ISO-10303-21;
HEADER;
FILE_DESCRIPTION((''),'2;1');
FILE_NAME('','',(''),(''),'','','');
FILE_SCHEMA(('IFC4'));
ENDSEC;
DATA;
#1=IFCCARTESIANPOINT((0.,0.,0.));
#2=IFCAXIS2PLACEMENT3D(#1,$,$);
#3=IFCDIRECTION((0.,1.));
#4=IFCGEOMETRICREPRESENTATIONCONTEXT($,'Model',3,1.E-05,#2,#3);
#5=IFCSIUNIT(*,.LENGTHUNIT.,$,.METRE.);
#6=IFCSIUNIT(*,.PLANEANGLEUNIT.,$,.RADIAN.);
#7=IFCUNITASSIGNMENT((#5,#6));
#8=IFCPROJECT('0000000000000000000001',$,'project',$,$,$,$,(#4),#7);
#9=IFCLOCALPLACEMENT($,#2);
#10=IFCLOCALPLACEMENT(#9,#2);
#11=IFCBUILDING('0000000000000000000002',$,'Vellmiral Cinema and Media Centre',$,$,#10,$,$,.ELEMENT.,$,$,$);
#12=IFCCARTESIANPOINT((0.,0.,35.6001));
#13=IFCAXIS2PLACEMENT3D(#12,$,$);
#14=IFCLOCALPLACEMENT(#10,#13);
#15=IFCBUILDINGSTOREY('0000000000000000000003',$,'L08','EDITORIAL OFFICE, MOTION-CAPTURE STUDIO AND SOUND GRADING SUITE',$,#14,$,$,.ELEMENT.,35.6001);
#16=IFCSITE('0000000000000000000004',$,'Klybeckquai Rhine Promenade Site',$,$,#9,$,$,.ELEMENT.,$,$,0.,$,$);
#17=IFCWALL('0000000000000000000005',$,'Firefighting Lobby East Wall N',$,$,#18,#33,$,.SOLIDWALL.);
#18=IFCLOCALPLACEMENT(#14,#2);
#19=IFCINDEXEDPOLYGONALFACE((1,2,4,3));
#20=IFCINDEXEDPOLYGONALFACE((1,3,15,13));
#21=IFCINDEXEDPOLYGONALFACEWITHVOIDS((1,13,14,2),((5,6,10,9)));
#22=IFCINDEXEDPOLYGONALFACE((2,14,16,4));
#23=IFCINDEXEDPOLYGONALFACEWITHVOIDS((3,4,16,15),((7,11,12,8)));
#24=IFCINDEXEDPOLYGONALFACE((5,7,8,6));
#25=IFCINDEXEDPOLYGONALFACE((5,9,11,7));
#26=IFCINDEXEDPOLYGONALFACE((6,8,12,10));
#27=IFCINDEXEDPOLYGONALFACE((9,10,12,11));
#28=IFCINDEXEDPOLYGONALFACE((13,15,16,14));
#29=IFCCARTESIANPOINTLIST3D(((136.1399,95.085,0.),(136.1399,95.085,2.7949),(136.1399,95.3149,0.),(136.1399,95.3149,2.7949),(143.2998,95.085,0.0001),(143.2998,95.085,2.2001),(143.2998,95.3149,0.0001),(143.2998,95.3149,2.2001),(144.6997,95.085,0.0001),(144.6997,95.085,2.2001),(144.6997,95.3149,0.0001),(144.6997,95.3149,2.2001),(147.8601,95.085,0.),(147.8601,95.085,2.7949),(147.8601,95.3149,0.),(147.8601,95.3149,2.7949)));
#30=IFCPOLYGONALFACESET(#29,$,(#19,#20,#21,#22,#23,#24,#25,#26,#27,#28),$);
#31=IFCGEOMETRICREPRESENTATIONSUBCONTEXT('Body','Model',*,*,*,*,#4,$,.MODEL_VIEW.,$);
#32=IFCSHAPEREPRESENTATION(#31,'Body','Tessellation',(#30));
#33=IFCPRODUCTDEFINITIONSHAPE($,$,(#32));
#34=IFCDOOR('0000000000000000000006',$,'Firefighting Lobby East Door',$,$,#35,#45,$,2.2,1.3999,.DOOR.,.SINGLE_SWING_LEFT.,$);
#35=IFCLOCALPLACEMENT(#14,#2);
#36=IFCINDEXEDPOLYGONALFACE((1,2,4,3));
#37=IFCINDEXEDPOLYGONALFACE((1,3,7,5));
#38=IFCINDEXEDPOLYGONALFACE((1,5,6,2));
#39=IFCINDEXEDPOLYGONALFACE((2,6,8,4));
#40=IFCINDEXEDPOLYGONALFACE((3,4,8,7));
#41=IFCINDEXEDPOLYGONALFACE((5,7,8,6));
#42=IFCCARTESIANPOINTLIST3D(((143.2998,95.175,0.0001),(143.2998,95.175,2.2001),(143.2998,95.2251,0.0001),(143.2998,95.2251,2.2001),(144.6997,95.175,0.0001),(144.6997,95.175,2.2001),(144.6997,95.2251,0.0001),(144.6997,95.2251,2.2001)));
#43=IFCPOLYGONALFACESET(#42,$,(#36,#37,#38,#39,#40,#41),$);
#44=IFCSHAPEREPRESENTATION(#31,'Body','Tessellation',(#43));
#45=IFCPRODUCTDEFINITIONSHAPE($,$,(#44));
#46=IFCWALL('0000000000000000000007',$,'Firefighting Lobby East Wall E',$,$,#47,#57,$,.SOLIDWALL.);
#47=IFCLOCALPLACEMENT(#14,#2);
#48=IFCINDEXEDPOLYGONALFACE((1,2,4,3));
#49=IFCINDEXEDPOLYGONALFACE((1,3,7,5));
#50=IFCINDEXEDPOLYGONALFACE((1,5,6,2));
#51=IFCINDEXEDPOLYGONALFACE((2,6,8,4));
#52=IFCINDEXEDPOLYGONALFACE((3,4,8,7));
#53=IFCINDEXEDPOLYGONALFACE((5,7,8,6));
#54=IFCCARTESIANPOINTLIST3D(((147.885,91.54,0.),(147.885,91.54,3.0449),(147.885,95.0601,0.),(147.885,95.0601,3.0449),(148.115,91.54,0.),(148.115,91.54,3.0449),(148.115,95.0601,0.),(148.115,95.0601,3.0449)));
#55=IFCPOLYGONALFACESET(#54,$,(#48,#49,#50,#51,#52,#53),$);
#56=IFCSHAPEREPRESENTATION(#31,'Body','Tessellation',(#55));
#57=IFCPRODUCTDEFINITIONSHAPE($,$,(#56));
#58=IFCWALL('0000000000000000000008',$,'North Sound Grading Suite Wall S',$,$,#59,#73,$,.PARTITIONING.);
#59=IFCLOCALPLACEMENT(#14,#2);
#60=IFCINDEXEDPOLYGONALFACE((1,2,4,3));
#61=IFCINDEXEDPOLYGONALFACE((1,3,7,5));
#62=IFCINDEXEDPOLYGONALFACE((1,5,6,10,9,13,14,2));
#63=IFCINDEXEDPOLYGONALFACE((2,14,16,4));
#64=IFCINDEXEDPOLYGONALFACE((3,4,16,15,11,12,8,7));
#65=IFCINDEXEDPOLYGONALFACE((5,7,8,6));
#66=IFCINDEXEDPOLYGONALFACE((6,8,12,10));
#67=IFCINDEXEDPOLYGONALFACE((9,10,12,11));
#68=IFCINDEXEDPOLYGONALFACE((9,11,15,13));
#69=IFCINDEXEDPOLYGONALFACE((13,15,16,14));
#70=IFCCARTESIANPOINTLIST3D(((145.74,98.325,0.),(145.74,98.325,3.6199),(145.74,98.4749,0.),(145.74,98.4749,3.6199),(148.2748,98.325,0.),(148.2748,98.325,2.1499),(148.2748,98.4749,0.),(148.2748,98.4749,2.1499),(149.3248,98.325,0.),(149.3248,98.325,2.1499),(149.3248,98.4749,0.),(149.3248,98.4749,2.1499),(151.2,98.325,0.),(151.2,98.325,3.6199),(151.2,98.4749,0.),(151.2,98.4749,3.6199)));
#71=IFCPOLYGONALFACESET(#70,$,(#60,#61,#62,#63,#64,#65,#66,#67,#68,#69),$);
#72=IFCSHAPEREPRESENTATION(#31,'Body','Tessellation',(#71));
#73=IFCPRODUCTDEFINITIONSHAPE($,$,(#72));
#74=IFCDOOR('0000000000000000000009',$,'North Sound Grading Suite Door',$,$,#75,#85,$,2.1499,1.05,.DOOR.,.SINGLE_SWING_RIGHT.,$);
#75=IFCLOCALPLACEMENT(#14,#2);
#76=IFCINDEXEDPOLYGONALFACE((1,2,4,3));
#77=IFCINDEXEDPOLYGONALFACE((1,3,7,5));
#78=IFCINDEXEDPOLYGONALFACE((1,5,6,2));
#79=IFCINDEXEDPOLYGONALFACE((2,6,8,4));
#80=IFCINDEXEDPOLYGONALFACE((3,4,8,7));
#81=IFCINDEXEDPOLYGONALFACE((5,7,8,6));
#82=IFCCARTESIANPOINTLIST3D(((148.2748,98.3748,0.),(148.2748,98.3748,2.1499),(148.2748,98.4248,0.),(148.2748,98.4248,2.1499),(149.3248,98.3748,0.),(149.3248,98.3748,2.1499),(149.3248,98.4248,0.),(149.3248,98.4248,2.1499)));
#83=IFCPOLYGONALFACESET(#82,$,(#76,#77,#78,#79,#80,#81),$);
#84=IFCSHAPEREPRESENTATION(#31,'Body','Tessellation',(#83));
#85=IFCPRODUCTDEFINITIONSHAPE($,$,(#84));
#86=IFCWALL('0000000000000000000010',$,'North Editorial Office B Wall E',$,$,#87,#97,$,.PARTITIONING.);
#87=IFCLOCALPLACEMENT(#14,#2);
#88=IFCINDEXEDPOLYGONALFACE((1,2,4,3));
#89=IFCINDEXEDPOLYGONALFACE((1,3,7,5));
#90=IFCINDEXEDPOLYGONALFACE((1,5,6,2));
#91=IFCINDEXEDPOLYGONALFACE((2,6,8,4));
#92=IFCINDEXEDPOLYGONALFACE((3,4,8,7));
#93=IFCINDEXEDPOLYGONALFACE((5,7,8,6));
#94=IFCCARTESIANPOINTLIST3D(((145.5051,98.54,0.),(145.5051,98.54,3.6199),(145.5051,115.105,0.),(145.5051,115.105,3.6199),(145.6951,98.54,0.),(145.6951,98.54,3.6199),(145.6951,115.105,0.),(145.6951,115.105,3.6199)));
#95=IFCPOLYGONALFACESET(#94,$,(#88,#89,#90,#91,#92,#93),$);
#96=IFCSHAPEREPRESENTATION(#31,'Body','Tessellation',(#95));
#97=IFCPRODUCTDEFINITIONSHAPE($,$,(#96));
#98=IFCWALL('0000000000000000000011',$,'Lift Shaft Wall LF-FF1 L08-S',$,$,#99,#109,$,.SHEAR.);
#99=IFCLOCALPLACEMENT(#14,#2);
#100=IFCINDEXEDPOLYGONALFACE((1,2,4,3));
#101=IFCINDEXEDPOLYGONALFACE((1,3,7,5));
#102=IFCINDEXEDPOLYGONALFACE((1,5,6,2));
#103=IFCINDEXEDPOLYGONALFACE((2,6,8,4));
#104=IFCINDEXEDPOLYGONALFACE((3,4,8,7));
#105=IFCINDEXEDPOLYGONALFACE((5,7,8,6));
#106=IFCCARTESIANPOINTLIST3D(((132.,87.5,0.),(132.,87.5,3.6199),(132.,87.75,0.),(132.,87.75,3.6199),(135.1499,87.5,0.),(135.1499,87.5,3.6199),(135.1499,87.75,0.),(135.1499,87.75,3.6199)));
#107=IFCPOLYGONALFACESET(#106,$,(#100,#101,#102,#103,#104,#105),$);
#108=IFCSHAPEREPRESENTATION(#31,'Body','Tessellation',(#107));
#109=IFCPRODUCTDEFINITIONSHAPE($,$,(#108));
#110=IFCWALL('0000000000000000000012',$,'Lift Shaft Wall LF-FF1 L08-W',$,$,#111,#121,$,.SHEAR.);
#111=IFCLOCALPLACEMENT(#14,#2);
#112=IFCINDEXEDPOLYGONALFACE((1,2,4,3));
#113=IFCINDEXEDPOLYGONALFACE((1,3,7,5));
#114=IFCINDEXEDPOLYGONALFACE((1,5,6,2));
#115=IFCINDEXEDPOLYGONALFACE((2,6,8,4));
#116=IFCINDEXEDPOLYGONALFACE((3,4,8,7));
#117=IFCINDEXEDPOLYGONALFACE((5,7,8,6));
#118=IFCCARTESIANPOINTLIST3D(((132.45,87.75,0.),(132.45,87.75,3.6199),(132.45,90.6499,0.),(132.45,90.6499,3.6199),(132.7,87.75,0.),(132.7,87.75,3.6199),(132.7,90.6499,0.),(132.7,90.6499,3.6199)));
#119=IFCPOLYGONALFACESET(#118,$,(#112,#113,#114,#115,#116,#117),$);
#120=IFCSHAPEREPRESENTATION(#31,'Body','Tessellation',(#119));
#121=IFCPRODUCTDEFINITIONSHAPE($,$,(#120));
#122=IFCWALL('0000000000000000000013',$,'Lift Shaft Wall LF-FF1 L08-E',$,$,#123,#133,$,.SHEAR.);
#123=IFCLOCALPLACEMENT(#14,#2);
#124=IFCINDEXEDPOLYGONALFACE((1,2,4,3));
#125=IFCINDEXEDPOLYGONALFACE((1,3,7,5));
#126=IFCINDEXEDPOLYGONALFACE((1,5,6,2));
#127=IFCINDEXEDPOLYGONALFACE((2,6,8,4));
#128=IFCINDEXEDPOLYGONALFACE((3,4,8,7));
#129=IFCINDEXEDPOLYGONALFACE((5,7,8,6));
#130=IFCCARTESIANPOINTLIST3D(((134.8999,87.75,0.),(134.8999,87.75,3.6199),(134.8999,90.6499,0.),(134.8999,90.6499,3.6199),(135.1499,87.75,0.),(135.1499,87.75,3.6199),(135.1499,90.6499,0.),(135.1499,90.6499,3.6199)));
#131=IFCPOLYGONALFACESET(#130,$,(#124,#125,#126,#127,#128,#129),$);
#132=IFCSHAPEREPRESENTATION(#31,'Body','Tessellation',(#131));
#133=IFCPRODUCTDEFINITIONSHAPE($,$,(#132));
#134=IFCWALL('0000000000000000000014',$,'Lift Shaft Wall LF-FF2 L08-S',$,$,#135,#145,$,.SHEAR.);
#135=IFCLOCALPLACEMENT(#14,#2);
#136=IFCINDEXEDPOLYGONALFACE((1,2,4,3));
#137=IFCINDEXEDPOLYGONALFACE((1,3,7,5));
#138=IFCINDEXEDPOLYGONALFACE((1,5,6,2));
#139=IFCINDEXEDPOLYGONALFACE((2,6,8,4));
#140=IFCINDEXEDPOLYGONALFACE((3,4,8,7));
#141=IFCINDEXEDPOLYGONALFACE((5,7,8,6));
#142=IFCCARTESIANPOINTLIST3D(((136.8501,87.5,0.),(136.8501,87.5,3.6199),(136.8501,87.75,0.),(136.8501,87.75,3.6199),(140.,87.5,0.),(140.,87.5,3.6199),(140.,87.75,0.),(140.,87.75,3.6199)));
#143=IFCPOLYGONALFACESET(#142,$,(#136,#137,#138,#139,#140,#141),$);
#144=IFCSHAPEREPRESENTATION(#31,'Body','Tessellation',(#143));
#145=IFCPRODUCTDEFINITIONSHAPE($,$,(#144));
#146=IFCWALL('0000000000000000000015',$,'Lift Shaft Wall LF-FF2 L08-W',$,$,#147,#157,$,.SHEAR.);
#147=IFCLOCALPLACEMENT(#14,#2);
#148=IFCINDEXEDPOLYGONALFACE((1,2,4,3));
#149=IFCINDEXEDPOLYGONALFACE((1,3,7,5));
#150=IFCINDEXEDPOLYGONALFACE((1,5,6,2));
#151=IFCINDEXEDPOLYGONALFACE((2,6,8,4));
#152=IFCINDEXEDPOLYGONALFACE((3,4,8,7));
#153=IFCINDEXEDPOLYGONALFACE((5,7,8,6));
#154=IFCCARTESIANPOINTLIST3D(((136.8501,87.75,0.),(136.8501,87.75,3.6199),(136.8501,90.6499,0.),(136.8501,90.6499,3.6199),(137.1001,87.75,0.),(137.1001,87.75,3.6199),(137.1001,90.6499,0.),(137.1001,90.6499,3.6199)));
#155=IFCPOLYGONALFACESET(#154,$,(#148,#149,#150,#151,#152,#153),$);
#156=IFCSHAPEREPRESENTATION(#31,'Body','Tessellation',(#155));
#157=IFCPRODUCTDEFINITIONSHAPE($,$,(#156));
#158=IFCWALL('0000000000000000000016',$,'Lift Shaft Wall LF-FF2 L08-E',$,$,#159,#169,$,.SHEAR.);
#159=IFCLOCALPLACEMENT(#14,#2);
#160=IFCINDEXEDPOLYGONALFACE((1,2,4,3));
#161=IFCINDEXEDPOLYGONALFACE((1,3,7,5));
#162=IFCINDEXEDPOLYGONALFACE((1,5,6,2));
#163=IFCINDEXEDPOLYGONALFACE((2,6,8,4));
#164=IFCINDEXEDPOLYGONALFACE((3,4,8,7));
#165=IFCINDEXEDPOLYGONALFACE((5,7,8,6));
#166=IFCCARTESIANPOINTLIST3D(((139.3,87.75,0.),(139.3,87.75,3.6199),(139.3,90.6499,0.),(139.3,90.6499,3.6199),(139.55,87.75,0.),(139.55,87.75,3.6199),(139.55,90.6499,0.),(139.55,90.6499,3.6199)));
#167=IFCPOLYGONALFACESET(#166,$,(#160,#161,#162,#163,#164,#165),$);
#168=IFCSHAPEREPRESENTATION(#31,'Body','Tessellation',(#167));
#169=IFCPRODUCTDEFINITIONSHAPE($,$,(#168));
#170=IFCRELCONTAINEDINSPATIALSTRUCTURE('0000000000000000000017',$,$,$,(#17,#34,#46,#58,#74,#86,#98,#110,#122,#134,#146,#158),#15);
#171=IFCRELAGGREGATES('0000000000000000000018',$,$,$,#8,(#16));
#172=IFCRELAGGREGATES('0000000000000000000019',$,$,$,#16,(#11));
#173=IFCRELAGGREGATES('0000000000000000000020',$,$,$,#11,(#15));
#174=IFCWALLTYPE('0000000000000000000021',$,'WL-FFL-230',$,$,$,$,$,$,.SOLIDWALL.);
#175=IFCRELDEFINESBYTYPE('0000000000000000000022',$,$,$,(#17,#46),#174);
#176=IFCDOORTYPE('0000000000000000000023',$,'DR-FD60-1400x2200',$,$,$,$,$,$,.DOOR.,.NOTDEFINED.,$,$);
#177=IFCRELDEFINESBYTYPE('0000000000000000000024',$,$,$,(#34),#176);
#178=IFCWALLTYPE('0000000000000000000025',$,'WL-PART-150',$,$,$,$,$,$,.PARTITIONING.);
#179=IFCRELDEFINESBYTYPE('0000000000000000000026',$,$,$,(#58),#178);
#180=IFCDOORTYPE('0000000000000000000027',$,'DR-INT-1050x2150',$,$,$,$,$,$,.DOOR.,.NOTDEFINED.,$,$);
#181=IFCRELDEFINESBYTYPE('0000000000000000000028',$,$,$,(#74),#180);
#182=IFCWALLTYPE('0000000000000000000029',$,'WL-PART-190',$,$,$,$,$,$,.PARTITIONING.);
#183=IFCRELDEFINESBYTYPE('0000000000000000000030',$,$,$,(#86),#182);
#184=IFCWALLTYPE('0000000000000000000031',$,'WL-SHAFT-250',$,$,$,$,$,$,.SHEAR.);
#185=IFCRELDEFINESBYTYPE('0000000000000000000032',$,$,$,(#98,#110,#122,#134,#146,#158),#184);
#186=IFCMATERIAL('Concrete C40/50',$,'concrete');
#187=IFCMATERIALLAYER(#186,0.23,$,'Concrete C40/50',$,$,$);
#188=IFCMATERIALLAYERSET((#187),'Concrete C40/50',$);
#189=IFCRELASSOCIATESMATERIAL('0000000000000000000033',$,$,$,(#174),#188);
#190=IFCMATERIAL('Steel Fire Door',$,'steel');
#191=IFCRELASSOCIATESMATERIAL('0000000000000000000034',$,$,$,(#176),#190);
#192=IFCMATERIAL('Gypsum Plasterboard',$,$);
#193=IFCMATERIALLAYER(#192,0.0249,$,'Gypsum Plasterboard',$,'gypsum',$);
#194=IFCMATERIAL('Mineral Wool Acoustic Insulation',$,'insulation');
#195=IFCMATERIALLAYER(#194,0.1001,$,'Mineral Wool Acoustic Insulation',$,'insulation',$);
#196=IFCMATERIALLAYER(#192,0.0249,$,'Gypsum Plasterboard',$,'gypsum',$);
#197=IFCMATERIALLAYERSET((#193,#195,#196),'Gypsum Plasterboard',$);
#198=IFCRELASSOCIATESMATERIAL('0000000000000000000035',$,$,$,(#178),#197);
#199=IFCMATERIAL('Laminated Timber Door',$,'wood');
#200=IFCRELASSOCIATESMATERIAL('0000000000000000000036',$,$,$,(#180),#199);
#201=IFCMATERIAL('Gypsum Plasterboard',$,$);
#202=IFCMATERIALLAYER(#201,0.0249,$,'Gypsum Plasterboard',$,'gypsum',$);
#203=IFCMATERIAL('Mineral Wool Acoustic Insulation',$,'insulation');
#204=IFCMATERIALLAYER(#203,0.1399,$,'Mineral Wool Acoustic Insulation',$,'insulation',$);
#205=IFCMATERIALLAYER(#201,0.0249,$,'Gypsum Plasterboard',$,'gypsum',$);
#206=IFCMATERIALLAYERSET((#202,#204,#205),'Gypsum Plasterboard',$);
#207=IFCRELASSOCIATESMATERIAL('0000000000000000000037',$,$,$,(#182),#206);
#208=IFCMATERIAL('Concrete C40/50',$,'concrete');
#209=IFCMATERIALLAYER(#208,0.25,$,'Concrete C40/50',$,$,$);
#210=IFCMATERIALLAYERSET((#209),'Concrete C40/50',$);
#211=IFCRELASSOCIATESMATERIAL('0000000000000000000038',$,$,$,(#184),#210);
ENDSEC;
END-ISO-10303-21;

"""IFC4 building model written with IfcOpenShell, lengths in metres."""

from ifc_helpers import new_model, si_unit, direction, frame, frame_2d, origin, place, context, subcontext, project, spatial, rectangle, extrude, material, layer, layer_set, type_object, element, fill, save


model = new_model("IFC4")

# Units and contexts
model_context = context("Model", 3, precision=1e-05, world=origin(), true_north=direction((0.0, 1.0)))
body_context = subcontext(model_context, "Body", "Model", "MODEL_VIEW")
ifc_project = project(units=[si_unit("LENGTHUNIT", "METRE"), si_unit("PLANEANGLEUNIT", "RADIAN")], contexts=[model_context])

# Site, building, storey
site_placement = place(None, origin())
site = spatial("IfcSite", under=ifc_project, at=site_placement, Name="Klybeckquai Rhine Promenade Site", CompositionType="ELEMENT", RefElevation=0.0)
building_placement = place(site_placement, origin())
building = spatial("IfcBuilding", under=site, at=building_placement, Name="Vellmiral Cinema and Media Centre", CompositionType="ELEMENT")
storey_placement = place(building_placement, frame((0.0, 0.0, 35.6001)))
storey = spatial("IfcBuildingStorey", under=building, at=storey_placement, Name="L08", Description="EDITORIAL OFFICE, MOTION-CAPTURE STUDIO AND SOUND GRADING SUITE", CompositionType="ELEMENT", Elevation=35.6001)

# Shared definitions
ifc_material_1 = material(Name="Concrete C40/50", Category="concrete")
ifc_layer_1 = layer(ifc_material_1, 0.23, Name="Concrete C40/50")
ifc_layer_set_1 = layer_set([ifc_layer_1], Name="Concrete C40/50")
wall_type_1 = type_object("IfcWallType", Name="WL-FFL-230", PredefinedType="SOLIDWALL", material=ifc_layer_set_1)

# Wall, opening, door
wall_1_placement = place(storey_placement, frame((136.1399, 95.2, 0.0), z_axis=(0.0, 0.0, 1.0), x_axis=(1.0, 0.0, 0.0)))
wall_1 = element("IfcWall", 1, at=wall_1_placement, inside=storey, type_object=wall_type_1, Name="Firefighting Lobby East Wall N", PredefinedType="SOLIDWALL", context=body_context, shape_type="SweptSolid", body=[
    extrude(rectangle(XDim=11.7202, YDim=0.23, at=frame_2d((5.8601, 0.0))), origin(), (0.0, 0.0, 1.0), 2.7949),
])
opening_1_placement = place(wall_1_placement, frame((7.1599, 0.0, 0.0)))
opening_1 = element("IfcOpeningElement", 2, at=opening_1_placement, cuts=wall_1, PredefinedType="OPENING", context=body_context, shape_type="SweptSolid", body=[
    extrude(rectangle(XDim=1.3999, YDim=2.2, at=frame_2d((0.7, 1.1001))), frame((0.0, 0.127, 0.0), z_axis=(0.0, -1.0, 0.0), x_axis=(1.0, 0.0, 0.0)), (0.0, 0.0, 1.0), 0.2539),
])
ifc_material_2 = material(Name="Steel Fire Door", Category="steel")
door_type_1 = type_object("IfcDoorType", Name="DR-FD60-1400x2200", OperationType="NOTDEFINED", PredefinedType="DOOR", material=ifc_material_2)
door_1_placement = place(opening_1_placement, frame((1.3999, 0.0, 0.0), z_axis=(0.0, 0.0, 1.0), x_axis=(-1.0, 0.0, 0.0)))
door_1 = element("IfcDoor", 3, at=door_1_placement, inside=storey, type_object=door_type_1, Name="Firefighting Lobby East Door", OperationType="SINGLE_SWING_LEFT", OverallHeight=2.2, OverallWidth=1.3999, PredefinedType="DOOR", context=body_context, shape_type="SweptSolid", body=[
    extrude(rectangle(XDim=1.3999, YDim=2.2, at=frame_2d((0.7, 1.1001))), frame((0.0, 0.0249, 0.0), z_axis=(0.0, -1.0, 0.0), x_axis=(1.0, 0.0, 0.0)), (0.0, 0.0, 1.0), 0.05),
])
fill(opening_1, door_1)

# Wall
wall_2_placement = place(storey_placement, frame((148.0, 91.54, 0.0), z_axis=(0.0, 0.0, 1.0), x_axis=(0.0, 1.0, 0.0)))
element("IfcWall", 4, at=wall_2_placement, inside=storey, type_object=wall_type_1, Name="Firefighting Lobby East Wall E", PredefinedType="SOLIDWALL", context=body_context, shape_type="SweptSolid", body=[
    extrude(rectangle(XDim=3.52, YDim=0.23, at=frame_2d((1.76, 0.0))), origin(), (0.0, 0.0, 1.0), 3.0449),
])

# Wall, opening, door
ifc_material_3 = material(Name="Gypsum Plasterboard")
ifc_layer_2 = layer(ifc_material_3, 0.0249, Name="Gypsum Plasterboard", Category="gypsum")
ifc_material_4 = material(Name="Mineral Wool Acoustic Insulation", Category="insulation")
ifc_layer_3 = layer(ifc_material_4, 0.1001, Name="Mineral Wool Acoustic Insulation", Category="insulation")
ifc_layer_4 = layer(ifc_material_3, 0.0249, Name="Gypsum Plasterboard", Category="gypsum")
ifc_layer_set_2 = layer_set([ifc_layer_2, ifc_layer_3, ifc_layer_4], Name="Gypsum Plasterboard")
wall_type_2 = type_object("IfcWallType", Name="WL-PART-150", PredefinedType="PARTITIONING", material=ifc_layer_set_2)
wall_3_placement = place(storey_placement, frame((145.74, 98.3999, 0.0), z_axis=(0.0, 0.0, 1.0), x_axis=(1.0, 0.0, 0.0)))
wall_3 = element("IfcWall", 5, at=wall_3_placement, inside=storey, type_object=wall_type_2, Name="North Sound Grading Suite Wall S", PredefinedType="PARTITIONING", context=body_context, shape_type="SweptSolid", body=[
    extrude(rectangle(XDim=5.46, YDim=0.1499, at=frame_2d((2.73, 0.0))), origin(), (0.0, 0.0, 1.0), 3.6199),
])
opening_2_placement = place(wall_3_placement, frame((2.5349, 0.0, 0.0)))
opening_2 = element("IfcOpeningElement", 6, at=opening_2_placement, cuts=wall_3, PredefinedType="OPENING", context=body_context, shape_type="SweptSolid", body=[
    extrude(rectangle(XDim=1.05, YDim=2.1499, at=frame_2d((0.5249, 1.075))), frame((0.0, 0.0869, 0.0), z_axis=(0.0, -1.0, 0.0), x_axis=(1.0, 0.0, 0.0)), (0.0, 0.0, 1.0), 0.1738),
])
ifc_material_5 = material(Name="Laminated Timber Door", Category="wood")
door_type_2 = type_object("IfcDoorType", Name="DR-INT-1050x2150", OperationType="NOTDEFINED", PredefinedType="DOOR", material=ifc_material_5)
door_2_placement = place(opening_2_placement, origin())
door_2 = element("IfcDoor", 7, at=door_2_placement, inside=storey, type_object=door_type_2, Name="North Sound Grading Suite Door", OperationType="SINGLE_SWING_RIGHT", OverallHeight=2.1499, OverallWidth=1.05, PredefinedType="DOOR", context=body_context, shape_type="SweptSolid", body=[
    extrude(rectangle(XDim=1.05, YDim=2.1499, at=frame_2d((0.5249, 1.075))), frame((0.0, 0.0249, 0.0), z_axis=(0.0, -1.0, 0.0), x_axis=(1.0, 0.0, 0.0)), (0.0, 0.0, 1.0), 0.05),
])
fill(opening_2, door_2)

# Walls
ifc_material_6 = material(Name="Gypsum Plasterboard")
ifc_layer_5 = layer(ifc_material_6, 0.0249, Name="Gypsum Plasterboard", Category="gypsum")
ifc_material_7 = material(Name="Mineral Wool Acoustic Insulation", Category="insulation")
ifc_layer_6 = layer(ifc_material_7, 0.1399, Name="Mineral Wool Acoustic Insulation", Category="insulation")
ifc_layer_7 = layer(ifc_material_6, 0.0249, Name="Gypsum Plasterboard", Category="gypsum")
ifc_layer_set_3 = layer_set([ifc_layer_5, ifc_layer_6, ifc_layer_7], Name="Gypsum Plasterboard")
wall_type_3 = type_object("IfcWallType", Name="WL-PART-190", PredefinedType="PARTITIONING", material=ifc_layer_set_3)
wall_4_placement = place(storey_placement, frame((145.6001, 98.54, 0.0), z_axis=(0.0, 0.0, 1.0), x_axis=(0.0, 1.0, 0.0)))
element("IfcWall", 8, at=wall_4_placement, inside=storey, type_object=wall_type_3, Name="North Editorial Office B Wall E", PredefinedType="PARTITIONING", context=body_context, shape_type="SweptSolid", body=[
    extrude(rectangle(XDim=16.5649, YDim=0.1899, at=frame_2d((8.2825, 0.0))), origin(), (0.0, 0.0, 1.0), 3.6199),
])
ifc_material_8 = material(Name="Concrete C40/50", Category="concrete")
ifc_layer_8 = layer(ifc_material_8, 0.25, Name="Concrete C40/50")
ifc_layer_set_4 = layer_set([ifc_layer_8], Name="Concrete C40/50")
wall_type_4 = type_object("IfcWallType", Name="WL-SHAFT-250", PredefinedType="SHEAR", material=ifc_layer_set_4)
wall_5_placement = place(storey_placement, frame((132.0, 87.625, 0.0), z_axis=(0.0, 0.0, 1.0), x_axis=(1.0, 0.0, 0.0)))
element("IfcWall", 9, at=wall_5_placement, inside=storey, type_object=wall_type_4, Name="Lift Shaft Wall LF-FF1 L08-S", PredefinedType="SHEAR", context=body_context, shape_type="SweptSolid", body=[
    extrude(rectangle(XDim=3.1499, YDim=0.25, at=frame_2d((1.575, 0.0))), origin(), (0.0, 0.0, 1.0), 3.6199),
])

# Walls
for number, where, z_axis, x_axis, name in (
    (10, (132.575, 87.75, 0.0), (0.0, 0.0, 1.0), (0.0, 1.0, 0.0), "Lift Shaft Wall LF-FF1 L08-W"),
    (11, (135.0249, 87.75, 0.0), (0.0, 0.0, 1.0), (0.0, 1.0, 0.0), "Lift Shaft Wall LF-FF1 L08-E"),
):
    element("IfcWall", number, at=place(storey_placement, frame(where, z_axis=z_axis, x_axis=x_axis)), inside=storey, type_object=wall_type_4, Name=name, PredefinedType="SHEAR", context=body_context, shape_type="SweptSolid", body=[
        extrude(rectangle(XDim=2.8999, YDim=0.25, at=frame_2d((1.45, 0.0))), origin(), (0.0, 0.0, 1.0), 3.6199),
    ])
wall_6_placement = place(storey_placement, frame((136.8501, 87.625, 0.0), z_axis=(0.0, 0.0, 1.0), x_axis=(1.0, 0.0, 0.0)))
element("IfcWall", 12, at=wall_6_placement, inside=storey, type_object=wall_type_4, Name="Lift Shaft Wall LF-FF2 L08-S", PredefinedType="SHEAR", context=body_context, shape_type="SweptSolid", body=[
    extrude(rectangle(XDim=3.1499, YDim=0.25, at=frame_2d((1.575, 0.0))), origin(), (0.0, 0.0, 1.0), 3.6199),
])

# Walls
for number, where, z_axis, x_axis, name in (
    (13, (136.9751, 87.75, 0.0), (0.0, 0.0, 1.0), (0.0, 1.0, 0.0), "Lift Shaft Wall LF-FF2 L08-W"),
    (14, (139.425, 87.75, 0.0), (0.0, 0.0, 1.0), (0.0, 1.0, 0.0), "Lift Shaft Wall LF-FF2 L08-E"),
):
    element("IfcWall", number, at=place(storey_placement, frame(where, z_axis=z_axis, x_axis=x_axis)), inside=storey, type_object=wall_type_4, Name=name, PredefinedType="SHEAR", context=body_context, shape_type="SweptSolid", body=[
        extrude(rectangle(XDim=2.8999, YDim=0.25, at=frame_2d((1.45, 0.0))), origin(), (0.0, 0.0, 1.0), 3.6199),
    ])

save(model, "model.ifc")
